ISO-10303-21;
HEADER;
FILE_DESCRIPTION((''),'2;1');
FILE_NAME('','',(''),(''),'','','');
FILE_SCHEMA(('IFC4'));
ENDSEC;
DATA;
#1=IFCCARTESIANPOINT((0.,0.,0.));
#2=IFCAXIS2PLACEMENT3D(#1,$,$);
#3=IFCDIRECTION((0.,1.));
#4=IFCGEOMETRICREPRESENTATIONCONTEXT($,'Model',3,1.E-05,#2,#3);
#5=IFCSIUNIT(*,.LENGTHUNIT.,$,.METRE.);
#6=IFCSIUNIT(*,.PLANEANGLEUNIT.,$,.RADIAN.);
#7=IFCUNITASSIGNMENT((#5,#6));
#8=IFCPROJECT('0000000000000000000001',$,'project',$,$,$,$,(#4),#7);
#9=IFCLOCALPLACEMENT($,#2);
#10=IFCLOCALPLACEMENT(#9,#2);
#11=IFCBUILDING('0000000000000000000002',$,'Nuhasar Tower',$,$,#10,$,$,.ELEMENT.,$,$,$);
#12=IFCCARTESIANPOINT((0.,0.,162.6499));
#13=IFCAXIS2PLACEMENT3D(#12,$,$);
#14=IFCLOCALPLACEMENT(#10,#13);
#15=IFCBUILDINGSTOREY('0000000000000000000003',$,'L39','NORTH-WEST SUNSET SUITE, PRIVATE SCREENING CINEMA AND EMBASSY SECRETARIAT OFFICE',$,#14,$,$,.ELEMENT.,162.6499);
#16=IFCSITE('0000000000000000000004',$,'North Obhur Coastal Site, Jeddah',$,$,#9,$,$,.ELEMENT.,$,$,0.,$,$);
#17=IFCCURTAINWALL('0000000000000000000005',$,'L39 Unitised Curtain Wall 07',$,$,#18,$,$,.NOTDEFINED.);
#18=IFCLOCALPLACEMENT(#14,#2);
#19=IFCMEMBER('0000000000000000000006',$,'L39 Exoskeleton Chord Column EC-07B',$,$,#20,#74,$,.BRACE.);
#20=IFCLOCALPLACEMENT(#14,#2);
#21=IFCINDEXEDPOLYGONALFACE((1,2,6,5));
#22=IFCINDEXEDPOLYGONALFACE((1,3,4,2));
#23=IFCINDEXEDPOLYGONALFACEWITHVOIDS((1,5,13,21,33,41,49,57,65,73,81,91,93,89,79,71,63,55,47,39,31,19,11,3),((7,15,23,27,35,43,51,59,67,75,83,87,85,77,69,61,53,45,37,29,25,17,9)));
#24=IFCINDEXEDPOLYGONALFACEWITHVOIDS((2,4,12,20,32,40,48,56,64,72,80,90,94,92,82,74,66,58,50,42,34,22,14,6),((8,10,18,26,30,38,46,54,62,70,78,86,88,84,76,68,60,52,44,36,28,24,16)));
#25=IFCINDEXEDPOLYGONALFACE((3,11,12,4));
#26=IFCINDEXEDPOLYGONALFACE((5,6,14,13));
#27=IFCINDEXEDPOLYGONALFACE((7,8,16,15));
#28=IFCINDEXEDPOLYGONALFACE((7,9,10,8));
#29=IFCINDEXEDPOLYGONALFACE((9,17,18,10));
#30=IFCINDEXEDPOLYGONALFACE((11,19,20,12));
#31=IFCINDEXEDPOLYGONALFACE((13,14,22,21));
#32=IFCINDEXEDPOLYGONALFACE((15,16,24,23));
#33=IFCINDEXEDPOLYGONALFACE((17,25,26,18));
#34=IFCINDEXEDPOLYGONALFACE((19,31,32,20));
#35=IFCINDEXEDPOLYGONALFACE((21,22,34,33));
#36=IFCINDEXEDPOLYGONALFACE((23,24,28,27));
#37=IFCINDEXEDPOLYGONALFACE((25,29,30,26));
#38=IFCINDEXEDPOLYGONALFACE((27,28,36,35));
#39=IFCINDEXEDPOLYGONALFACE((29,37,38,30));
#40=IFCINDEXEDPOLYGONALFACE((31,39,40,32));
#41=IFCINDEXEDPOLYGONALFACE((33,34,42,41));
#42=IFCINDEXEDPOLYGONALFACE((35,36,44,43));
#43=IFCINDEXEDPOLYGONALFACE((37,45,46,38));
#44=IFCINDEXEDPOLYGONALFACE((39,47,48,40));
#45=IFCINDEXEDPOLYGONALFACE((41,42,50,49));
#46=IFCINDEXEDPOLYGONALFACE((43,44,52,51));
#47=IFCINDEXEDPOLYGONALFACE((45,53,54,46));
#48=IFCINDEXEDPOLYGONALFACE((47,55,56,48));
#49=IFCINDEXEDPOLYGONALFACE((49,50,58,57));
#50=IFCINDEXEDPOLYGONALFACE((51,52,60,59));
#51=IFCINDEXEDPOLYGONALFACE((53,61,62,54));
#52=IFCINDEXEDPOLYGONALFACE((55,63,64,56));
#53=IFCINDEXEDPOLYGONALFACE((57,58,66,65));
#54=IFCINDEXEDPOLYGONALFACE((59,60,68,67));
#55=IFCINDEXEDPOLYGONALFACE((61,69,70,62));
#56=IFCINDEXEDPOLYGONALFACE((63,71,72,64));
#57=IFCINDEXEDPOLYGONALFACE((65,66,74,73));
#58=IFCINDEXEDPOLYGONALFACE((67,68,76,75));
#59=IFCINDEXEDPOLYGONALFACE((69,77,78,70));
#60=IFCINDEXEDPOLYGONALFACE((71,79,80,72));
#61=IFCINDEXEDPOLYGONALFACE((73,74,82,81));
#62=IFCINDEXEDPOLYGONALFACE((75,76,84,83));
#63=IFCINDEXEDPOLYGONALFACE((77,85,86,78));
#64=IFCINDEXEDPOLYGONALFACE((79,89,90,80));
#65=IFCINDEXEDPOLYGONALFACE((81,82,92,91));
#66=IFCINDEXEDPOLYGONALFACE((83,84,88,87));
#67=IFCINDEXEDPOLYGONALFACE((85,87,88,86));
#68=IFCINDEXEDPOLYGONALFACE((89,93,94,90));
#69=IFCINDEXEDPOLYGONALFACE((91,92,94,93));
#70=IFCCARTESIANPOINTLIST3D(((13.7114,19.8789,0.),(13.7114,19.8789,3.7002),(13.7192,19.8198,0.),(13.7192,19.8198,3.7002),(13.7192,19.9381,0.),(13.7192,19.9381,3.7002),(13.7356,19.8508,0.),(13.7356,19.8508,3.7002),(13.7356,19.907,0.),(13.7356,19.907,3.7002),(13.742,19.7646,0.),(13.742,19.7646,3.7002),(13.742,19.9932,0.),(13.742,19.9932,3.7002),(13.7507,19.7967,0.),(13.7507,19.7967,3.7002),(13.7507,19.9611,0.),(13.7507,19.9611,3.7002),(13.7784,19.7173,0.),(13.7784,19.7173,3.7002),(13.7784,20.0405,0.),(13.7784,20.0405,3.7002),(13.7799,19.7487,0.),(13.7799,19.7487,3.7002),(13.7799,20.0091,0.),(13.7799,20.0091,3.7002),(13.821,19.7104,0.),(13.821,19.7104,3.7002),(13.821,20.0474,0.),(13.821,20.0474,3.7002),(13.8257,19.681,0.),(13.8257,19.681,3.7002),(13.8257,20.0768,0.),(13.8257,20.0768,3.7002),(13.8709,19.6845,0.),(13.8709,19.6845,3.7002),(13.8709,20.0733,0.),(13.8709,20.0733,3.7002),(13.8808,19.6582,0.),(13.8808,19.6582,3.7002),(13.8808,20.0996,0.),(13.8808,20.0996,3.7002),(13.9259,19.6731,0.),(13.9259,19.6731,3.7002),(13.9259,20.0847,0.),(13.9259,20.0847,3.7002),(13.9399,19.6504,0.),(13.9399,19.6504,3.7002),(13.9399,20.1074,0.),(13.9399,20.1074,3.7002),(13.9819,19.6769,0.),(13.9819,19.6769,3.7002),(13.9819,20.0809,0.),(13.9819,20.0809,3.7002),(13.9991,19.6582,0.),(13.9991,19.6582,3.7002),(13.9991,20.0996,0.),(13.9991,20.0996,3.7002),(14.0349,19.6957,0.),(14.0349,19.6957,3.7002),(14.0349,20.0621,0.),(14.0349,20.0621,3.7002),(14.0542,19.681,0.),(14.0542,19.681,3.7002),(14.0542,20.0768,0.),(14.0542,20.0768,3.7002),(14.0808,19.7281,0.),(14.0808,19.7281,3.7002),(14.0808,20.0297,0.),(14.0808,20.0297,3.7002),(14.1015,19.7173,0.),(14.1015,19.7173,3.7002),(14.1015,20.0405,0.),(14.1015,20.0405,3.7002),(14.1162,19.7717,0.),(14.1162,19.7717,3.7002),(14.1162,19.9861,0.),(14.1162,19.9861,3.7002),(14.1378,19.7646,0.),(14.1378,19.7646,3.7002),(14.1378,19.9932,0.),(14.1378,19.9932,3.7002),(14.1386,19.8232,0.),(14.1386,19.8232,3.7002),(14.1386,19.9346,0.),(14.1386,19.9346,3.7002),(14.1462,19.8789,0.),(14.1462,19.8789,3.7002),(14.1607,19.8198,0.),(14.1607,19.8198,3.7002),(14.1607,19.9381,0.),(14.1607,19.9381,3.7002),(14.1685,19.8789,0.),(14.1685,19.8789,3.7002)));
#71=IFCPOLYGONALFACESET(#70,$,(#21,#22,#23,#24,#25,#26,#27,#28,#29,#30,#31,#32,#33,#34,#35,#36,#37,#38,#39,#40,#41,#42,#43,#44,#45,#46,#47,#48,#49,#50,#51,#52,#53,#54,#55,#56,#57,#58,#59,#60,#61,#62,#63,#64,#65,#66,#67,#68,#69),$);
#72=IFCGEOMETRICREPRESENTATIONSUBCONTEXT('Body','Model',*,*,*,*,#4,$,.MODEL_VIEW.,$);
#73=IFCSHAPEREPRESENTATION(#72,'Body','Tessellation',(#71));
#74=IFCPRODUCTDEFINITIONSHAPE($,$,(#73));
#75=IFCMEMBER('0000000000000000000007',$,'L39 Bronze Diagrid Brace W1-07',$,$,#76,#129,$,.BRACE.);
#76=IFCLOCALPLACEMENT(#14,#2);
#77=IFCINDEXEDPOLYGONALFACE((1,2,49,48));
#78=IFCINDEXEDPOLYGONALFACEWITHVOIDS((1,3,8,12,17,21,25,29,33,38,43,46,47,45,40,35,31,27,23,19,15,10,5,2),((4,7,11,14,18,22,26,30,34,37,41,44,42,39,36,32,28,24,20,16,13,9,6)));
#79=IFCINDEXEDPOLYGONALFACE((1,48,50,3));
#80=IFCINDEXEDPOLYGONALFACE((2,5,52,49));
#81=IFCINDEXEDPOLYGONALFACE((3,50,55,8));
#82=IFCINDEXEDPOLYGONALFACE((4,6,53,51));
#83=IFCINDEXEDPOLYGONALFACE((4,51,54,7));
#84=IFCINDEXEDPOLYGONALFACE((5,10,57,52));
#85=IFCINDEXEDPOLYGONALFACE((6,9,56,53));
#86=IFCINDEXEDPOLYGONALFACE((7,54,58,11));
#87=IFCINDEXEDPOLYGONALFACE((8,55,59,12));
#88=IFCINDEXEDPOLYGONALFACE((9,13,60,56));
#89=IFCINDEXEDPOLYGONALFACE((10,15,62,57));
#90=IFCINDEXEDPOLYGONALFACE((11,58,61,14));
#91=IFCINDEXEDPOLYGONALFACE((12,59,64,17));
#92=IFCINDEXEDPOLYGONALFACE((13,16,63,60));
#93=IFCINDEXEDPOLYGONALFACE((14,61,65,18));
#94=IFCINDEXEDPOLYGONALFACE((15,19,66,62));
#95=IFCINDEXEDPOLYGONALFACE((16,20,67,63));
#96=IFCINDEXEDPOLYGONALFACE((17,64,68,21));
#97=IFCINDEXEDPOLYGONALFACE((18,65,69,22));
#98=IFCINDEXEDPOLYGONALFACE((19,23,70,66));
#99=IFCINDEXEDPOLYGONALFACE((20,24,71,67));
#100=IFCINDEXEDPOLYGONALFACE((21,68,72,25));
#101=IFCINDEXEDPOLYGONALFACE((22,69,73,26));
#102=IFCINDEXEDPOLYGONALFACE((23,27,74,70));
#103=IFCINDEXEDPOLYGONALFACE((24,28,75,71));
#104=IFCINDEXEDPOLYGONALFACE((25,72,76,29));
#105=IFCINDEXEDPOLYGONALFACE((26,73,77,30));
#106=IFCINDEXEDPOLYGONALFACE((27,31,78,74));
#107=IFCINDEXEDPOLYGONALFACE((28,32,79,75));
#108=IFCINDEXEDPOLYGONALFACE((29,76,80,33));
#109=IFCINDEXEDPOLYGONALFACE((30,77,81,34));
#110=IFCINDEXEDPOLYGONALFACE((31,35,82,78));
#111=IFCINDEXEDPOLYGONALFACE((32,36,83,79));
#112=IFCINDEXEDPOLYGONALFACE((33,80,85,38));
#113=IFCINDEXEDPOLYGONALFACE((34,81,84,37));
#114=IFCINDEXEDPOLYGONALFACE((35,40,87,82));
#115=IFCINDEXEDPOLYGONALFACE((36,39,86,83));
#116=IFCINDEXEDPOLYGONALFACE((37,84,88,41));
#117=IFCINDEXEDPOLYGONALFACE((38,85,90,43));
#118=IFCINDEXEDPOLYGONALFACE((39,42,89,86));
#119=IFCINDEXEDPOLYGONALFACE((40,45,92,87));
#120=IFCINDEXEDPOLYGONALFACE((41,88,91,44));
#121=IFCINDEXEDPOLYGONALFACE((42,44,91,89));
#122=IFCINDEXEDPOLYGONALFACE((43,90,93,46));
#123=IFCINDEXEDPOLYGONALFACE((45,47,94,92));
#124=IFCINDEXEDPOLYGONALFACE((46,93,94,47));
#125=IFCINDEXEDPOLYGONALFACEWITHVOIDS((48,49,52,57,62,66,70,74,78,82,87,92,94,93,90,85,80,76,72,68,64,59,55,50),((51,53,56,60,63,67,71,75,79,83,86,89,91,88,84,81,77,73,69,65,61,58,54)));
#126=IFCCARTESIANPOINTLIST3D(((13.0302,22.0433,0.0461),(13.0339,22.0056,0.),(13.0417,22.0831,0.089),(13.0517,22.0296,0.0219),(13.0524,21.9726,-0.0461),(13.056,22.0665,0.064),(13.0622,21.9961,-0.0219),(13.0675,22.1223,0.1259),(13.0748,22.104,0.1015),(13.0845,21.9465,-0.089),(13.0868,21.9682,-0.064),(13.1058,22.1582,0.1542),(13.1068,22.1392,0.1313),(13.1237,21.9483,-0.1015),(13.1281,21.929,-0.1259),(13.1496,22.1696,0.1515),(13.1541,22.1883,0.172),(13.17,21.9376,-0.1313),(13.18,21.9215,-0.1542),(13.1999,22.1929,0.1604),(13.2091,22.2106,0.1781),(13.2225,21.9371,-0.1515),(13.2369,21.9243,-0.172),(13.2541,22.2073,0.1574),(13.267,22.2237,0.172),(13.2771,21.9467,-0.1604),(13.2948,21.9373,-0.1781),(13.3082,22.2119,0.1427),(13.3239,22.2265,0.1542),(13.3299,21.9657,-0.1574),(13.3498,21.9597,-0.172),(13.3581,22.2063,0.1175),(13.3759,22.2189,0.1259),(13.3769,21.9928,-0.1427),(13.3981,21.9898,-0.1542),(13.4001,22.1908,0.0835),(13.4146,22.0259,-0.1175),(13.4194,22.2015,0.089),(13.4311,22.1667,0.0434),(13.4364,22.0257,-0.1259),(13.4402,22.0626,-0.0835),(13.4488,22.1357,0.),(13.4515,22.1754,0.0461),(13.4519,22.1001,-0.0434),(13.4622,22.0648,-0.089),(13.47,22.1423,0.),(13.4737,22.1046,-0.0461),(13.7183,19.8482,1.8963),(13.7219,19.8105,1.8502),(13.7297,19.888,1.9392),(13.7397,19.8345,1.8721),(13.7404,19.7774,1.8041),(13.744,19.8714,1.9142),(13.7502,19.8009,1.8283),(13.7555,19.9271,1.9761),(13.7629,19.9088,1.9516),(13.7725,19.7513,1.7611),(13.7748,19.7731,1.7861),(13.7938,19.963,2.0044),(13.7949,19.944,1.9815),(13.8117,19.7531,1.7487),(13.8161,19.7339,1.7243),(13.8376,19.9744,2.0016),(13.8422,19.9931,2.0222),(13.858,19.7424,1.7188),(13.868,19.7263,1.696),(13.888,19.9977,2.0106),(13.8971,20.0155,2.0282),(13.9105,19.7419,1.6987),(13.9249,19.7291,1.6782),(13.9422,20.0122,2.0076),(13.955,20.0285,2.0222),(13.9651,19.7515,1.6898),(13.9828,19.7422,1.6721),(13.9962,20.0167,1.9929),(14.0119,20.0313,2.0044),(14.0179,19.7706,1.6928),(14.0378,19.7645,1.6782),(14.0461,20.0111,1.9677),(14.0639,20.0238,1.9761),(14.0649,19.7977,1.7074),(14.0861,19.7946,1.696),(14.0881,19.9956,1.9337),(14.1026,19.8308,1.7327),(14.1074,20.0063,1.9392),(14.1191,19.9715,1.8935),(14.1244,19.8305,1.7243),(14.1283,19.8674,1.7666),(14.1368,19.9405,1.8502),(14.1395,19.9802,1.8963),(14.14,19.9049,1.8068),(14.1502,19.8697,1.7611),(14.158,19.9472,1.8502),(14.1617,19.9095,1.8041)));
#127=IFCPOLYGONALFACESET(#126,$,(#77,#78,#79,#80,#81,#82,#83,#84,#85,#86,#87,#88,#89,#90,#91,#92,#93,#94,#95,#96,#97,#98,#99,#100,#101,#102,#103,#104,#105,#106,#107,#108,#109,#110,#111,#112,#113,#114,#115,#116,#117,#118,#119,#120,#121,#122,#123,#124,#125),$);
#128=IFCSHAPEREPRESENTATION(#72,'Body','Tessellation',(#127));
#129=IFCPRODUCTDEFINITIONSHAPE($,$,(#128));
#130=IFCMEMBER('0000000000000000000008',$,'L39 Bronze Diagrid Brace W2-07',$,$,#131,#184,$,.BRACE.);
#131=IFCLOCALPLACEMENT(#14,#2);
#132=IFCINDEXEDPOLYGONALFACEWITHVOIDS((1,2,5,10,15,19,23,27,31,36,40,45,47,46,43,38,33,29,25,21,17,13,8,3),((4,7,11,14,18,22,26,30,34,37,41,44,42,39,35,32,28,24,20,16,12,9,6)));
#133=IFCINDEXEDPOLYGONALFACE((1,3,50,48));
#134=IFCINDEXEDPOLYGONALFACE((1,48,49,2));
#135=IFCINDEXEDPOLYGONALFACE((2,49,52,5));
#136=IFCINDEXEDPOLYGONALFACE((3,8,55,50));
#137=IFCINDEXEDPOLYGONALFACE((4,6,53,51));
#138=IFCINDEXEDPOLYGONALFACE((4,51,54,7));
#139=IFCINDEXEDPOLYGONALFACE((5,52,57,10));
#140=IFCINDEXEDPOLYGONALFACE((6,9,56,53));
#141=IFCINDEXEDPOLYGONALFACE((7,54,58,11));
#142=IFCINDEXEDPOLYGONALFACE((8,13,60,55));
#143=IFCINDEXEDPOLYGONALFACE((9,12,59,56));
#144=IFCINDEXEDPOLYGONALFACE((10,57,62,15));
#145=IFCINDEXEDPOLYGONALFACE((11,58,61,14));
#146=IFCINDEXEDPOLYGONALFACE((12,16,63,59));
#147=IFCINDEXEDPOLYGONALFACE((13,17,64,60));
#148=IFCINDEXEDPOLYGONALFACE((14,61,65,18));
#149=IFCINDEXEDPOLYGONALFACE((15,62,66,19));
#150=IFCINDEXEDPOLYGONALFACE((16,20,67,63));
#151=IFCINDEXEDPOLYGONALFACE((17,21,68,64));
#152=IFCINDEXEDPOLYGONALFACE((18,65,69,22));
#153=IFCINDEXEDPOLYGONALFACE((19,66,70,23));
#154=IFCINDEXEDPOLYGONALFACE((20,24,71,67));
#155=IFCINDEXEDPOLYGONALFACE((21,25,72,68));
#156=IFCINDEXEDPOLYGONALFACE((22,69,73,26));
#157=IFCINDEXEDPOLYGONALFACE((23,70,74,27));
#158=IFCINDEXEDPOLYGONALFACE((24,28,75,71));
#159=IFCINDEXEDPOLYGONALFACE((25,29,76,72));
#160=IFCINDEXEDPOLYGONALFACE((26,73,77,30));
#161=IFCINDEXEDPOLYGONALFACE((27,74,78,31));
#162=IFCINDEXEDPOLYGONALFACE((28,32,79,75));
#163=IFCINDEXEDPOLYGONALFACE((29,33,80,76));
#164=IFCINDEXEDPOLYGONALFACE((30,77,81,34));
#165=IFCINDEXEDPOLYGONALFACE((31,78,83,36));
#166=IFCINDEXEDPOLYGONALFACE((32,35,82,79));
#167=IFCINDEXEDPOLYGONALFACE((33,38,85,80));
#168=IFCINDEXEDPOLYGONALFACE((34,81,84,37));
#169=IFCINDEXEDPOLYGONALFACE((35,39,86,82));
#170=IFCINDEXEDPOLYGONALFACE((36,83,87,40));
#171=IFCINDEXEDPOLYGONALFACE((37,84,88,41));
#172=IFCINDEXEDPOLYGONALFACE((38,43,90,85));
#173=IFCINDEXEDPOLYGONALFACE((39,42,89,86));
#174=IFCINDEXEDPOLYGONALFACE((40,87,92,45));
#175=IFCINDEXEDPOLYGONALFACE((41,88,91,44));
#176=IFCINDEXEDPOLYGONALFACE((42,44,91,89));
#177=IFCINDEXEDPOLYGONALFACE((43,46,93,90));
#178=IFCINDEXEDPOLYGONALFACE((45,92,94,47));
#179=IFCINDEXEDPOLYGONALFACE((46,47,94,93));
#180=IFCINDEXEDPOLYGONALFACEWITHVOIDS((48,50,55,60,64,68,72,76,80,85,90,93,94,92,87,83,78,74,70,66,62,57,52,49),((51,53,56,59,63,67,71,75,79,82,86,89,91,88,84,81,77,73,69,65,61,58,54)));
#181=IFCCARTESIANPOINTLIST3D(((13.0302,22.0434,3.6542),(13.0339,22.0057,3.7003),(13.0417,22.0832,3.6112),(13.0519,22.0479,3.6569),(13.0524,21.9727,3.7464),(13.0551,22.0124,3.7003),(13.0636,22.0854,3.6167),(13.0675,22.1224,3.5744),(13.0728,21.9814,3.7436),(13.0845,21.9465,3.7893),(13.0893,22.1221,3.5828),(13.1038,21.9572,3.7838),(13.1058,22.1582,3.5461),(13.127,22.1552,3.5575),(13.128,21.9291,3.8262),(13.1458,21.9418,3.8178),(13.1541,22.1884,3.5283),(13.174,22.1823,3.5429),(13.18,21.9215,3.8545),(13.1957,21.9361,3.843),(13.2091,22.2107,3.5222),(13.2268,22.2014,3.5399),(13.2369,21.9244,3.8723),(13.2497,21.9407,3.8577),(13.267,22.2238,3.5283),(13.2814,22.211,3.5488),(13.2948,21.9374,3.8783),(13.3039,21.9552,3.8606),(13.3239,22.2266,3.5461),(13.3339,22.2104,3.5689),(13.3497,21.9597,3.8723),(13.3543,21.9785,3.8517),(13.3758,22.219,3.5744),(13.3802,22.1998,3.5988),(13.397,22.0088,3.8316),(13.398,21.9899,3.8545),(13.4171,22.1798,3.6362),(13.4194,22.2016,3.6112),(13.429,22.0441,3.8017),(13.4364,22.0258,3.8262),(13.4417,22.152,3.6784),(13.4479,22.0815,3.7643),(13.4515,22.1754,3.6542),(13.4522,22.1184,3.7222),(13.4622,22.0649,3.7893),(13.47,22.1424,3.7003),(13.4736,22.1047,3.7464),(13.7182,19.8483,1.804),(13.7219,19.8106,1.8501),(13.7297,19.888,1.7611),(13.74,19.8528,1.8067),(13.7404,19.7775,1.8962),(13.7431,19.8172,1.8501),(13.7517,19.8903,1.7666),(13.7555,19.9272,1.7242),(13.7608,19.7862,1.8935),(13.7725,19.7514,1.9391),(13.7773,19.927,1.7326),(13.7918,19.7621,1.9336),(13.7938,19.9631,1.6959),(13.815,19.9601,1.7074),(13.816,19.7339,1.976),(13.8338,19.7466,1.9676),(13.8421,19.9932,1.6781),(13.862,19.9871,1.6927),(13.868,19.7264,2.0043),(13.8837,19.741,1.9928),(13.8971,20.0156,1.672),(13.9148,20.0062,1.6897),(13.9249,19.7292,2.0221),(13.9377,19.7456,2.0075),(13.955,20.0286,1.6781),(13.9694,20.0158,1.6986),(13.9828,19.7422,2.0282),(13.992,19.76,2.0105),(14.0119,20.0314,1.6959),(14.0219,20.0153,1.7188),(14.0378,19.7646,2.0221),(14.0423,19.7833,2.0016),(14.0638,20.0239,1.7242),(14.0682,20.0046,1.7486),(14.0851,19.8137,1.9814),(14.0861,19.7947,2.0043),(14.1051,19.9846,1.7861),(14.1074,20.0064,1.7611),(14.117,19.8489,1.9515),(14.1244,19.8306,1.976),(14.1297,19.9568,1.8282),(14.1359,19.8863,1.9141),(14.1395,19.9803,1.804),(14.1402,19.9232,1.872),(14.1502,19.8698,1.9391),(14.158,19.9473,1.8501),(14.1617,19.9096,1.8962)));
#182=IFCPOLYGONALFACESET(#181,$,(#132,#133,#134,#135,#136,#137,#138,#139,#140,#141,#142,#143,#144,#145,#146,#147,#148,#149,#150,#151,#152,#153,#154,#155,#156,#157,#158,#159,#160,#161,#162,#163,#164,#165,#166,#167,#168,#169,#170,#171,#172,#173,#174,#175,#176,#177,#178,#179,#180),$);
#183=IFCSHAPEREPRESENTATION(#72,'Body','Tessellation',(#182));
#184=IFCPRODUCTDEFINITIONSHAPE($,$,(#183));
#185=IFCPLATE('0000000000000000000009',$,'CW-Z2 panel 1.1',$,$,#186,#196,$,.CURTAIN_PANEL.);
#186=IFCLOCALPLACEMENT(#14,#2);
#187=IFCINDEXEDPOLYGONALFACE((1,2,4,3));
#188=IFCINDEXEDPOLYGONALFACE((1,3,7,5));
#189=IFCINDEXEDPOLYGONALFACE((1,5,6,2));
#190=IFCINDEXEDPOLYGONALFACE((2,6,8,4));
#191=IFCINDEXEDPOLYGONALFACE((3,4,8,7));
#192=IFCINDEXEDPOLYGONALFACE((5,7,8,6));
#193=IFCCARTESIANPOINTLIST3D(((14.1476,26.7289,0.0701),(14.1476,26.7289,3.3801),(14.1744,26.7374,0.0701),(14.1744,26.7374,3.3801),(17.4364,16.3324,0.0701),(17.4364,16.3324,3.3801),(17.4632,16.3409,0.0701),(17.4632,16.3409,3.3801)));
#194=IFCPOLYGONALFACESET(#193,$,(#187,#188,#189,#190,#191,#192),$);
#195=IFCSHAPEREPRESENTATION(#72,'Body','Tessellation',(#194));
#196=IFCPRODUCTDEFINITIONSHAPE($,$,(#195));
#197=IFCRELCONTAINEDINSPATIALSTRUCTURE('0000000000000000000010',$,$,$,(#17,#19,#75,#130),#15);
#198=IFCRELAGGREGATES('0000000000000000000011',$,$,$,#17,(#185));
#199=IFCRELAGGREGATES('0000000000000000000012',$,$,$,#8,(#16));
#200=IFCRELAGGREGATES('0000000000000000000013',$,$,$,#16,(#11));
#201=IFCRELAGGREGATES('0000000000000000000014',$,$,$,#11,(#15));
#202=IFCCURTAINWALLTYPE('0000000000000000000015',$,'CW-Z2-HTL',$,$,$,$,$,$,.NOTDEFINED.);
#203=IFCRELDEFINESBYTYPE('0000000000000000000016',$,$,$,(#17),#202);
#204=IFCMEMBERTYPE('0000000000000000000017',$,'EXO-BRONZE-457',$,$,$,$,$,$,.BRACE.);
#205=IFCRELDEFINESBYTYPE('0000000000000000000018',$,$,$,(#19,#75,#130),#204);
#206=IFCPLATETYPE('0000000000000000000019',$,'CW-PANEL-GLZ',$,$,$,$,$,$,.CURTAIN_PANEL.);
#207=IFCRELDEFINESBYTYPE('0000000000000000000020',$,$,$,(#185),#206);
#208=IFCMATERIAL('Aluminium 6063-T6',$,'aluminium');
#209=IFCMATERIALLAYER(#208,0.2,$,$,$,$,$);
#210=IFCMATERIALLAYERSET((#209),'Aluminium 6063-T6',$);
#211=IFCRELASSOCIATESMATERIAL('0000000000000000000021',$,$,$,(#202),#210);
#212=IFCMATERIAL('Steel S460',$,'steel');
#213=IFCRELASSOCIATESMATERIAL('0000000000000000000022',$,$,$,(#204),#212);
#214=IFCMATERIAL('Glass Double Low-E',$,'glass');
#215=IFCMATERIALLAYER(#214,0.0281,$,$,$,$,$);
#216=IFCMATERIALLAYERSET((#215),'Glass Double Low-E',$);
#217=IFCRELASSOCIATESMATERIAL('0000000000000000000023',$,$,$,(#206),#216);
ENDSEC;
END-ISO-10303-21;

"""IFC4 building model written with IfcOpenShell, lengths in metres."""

from ifc_helpers import new_model, si_unit, direction, frame, origin, origin_2d, place, context, subcontext, project, spatial, rectangle, hollow_circle, extrude, material, layer, layer_set, material_profile, profile_set, type_object, element, aggregate, save


model = new_model("IFC4")

# Units and contexts
model_context = context("Model", 3, precision=1e-05, world=origin(), true_north=direction((0.0, 1.0)))
body_context = subcontext(model_context, "Body", "Model", "MODEL_VIEW")
ifc_project = project(units=[si_unit("LENGTHUNIT", "METRE"), si_unit("PLANEANGLEUNIT", "RADIAN")], contexts=[model_context])

# Site, building, storey
site_placement = place(None, origin())
site = spatial("IfcSite", under=ifc_project, at=site_placement, Name="North Obhur Coastal Site, Jeddah", CompositionType="ELEMENT", RefElevation=0.0)
building_placement = place(site_placement, origin())
building = spatial("IfcBuilding", under=site, at=building_placement, Name="Nuhasar Tower", CompositionType="ELEMENT")
storey_placement = place(building_placement, frame((0.0, 0.0, 162.6499)))
storey = spatial("IfcBuildingStorey", under=building, at=storey_placement, Name="L39", Description="NORTH-WEST SUNSET SUITE, PRIVATE SCREENING CINEMA AND EMBASSY SECRETARIAT OFFICE", CompositionType="ELEMENT", Elevation=162.6499)

# Curtain wall
ifc_material_1 = material(Name="Aluminium 6063-T6", Category="aluminium")
ifc_layer_1 = layer(ifc_material_1, 0.2)
ifc_layer_set_1 = layer_set([ifc_layer_1], Name="Aluminium 6063-T6")
curtain_wall_type = type_object("IfcCurtainWallType", Name="CW-Z2-HTL", PredefinedType="NOTDEFINED", material=ifc_layer_set_1)
curtain_wall_1_placement = place(storey_placement, origin())
curtain_wall_1 = element("IfcCurtainWall", 1, at=curtain_wall_1_placement, inside=storey, type_object=curtain_wall_type, Name="L39 Unitised Curtain Wall 07", PredefinedType="NOTDEFINED")

# Members
ifc_material_2 = material(Name="Steel S460", Category="steel")
ifc_material_profile_1 = material_profile(ifc_material_2, hollow_circle(Radius=0.2285, WallThickness=0.0222, at=origin_2d()), Name="HSS457X22.2")
ifc_profile_set_1 = profile_set([ifc_material_profile_1], Name="Steel S460")
member_type_1 = type_object("IfcMemberType", Name="EXO-BRONZE-457", PredefinedType="BRACE", material=ifc_profile_set_1)
for number, where, z_axis, x_axis, name in (
    (2, (13.9399, 19.8789, 0.0), (0.0, 0.0, 1.0), (1.0, 0.0, 0.0), "L39 Exoskeleton Chord Column EC-07B"),
):
    element("IfcMember", number, at=place(storey_placement, frame(where, z_axis=z_axis, x_axis=x_axis)), inside=storey, type_object=member_type_1, Name=name, PredefinedType="BRACE", context=body_context, shape_type="SweptSolid", body=[
        extrude(hollow_circle(Radius=0.2285, WallThickness=0.0222, at=origin_2d()), origin(), (0.0, 0.0, 1.0), 3.7002),
    ])
for number, where, z_axis, x_axis, name in (
    (3, (13.252, 22.074, 0.0), (0.233056, -0.743578, 0.626719), (0.954228, 0.299079, 0.0), "L39 Bronze Diagrid Brace W1-07"),
    (4, (13.9399, 19.8789, 1.8501), (-0.233056, 0.743578, 0.626719), (-0.954228, -0.299079, 0.0), "L39 Bronze Diagrid Brace W2-07"),
):
    element("IfcMember", number, at=place(storey_placement, frame(where, z_axis=z_axis, x_axis=x_axis)), inside=storey, type_object=member_type_1, Name=name, PredefinedType="BRACE", context=body_context, shape_type="SweptSolid", body=[
        extrude(hollow_circle(Radius=0.2285, WallThickness=0.0222, at=origin_2d()), origin(), (0.0, 0.0, 1.0), 2.9521),
    ])

# Plate
ifc_material_3 = material(Name="Glass Double Low-E", Category="glass")
ifc_layer_2 = layer(ifc_material_3, 0.0281)
ifc_layer_set_2 = layer_set([ifc_layer_2], Name="Glass Double Low-E")
plate_type = type_object("IfcPlateType", Name="CW-PANEL-GLZ", PredefinedType="CURTAIN_PANEL", material=ifc_layer_set_2)
plate_placement = place(storey_placement, frame((15.8054, 21.5349, 0.0701), z_axis=(0.0, 0.0, 1.0), x_axis=(0.301604, -0.953433, 0.0)))
plate = element("IfcPlate", 5, at=plate_placement, type_object=plate_type, Name="CW-Z2 panel 1.1", PredefinedType="CURTAIN_PANEL", context=body_context, shape_type="SweptSolid", body=[
    extrude(rectangle(XDim=10.9043, YDim=0.0281, at=origin_2d()), origin(), (0.0, 0.0, 1.0), 3.3101),
])
aggregate(curtain_wall_1, [plate])

save(model, "model.ifc")
